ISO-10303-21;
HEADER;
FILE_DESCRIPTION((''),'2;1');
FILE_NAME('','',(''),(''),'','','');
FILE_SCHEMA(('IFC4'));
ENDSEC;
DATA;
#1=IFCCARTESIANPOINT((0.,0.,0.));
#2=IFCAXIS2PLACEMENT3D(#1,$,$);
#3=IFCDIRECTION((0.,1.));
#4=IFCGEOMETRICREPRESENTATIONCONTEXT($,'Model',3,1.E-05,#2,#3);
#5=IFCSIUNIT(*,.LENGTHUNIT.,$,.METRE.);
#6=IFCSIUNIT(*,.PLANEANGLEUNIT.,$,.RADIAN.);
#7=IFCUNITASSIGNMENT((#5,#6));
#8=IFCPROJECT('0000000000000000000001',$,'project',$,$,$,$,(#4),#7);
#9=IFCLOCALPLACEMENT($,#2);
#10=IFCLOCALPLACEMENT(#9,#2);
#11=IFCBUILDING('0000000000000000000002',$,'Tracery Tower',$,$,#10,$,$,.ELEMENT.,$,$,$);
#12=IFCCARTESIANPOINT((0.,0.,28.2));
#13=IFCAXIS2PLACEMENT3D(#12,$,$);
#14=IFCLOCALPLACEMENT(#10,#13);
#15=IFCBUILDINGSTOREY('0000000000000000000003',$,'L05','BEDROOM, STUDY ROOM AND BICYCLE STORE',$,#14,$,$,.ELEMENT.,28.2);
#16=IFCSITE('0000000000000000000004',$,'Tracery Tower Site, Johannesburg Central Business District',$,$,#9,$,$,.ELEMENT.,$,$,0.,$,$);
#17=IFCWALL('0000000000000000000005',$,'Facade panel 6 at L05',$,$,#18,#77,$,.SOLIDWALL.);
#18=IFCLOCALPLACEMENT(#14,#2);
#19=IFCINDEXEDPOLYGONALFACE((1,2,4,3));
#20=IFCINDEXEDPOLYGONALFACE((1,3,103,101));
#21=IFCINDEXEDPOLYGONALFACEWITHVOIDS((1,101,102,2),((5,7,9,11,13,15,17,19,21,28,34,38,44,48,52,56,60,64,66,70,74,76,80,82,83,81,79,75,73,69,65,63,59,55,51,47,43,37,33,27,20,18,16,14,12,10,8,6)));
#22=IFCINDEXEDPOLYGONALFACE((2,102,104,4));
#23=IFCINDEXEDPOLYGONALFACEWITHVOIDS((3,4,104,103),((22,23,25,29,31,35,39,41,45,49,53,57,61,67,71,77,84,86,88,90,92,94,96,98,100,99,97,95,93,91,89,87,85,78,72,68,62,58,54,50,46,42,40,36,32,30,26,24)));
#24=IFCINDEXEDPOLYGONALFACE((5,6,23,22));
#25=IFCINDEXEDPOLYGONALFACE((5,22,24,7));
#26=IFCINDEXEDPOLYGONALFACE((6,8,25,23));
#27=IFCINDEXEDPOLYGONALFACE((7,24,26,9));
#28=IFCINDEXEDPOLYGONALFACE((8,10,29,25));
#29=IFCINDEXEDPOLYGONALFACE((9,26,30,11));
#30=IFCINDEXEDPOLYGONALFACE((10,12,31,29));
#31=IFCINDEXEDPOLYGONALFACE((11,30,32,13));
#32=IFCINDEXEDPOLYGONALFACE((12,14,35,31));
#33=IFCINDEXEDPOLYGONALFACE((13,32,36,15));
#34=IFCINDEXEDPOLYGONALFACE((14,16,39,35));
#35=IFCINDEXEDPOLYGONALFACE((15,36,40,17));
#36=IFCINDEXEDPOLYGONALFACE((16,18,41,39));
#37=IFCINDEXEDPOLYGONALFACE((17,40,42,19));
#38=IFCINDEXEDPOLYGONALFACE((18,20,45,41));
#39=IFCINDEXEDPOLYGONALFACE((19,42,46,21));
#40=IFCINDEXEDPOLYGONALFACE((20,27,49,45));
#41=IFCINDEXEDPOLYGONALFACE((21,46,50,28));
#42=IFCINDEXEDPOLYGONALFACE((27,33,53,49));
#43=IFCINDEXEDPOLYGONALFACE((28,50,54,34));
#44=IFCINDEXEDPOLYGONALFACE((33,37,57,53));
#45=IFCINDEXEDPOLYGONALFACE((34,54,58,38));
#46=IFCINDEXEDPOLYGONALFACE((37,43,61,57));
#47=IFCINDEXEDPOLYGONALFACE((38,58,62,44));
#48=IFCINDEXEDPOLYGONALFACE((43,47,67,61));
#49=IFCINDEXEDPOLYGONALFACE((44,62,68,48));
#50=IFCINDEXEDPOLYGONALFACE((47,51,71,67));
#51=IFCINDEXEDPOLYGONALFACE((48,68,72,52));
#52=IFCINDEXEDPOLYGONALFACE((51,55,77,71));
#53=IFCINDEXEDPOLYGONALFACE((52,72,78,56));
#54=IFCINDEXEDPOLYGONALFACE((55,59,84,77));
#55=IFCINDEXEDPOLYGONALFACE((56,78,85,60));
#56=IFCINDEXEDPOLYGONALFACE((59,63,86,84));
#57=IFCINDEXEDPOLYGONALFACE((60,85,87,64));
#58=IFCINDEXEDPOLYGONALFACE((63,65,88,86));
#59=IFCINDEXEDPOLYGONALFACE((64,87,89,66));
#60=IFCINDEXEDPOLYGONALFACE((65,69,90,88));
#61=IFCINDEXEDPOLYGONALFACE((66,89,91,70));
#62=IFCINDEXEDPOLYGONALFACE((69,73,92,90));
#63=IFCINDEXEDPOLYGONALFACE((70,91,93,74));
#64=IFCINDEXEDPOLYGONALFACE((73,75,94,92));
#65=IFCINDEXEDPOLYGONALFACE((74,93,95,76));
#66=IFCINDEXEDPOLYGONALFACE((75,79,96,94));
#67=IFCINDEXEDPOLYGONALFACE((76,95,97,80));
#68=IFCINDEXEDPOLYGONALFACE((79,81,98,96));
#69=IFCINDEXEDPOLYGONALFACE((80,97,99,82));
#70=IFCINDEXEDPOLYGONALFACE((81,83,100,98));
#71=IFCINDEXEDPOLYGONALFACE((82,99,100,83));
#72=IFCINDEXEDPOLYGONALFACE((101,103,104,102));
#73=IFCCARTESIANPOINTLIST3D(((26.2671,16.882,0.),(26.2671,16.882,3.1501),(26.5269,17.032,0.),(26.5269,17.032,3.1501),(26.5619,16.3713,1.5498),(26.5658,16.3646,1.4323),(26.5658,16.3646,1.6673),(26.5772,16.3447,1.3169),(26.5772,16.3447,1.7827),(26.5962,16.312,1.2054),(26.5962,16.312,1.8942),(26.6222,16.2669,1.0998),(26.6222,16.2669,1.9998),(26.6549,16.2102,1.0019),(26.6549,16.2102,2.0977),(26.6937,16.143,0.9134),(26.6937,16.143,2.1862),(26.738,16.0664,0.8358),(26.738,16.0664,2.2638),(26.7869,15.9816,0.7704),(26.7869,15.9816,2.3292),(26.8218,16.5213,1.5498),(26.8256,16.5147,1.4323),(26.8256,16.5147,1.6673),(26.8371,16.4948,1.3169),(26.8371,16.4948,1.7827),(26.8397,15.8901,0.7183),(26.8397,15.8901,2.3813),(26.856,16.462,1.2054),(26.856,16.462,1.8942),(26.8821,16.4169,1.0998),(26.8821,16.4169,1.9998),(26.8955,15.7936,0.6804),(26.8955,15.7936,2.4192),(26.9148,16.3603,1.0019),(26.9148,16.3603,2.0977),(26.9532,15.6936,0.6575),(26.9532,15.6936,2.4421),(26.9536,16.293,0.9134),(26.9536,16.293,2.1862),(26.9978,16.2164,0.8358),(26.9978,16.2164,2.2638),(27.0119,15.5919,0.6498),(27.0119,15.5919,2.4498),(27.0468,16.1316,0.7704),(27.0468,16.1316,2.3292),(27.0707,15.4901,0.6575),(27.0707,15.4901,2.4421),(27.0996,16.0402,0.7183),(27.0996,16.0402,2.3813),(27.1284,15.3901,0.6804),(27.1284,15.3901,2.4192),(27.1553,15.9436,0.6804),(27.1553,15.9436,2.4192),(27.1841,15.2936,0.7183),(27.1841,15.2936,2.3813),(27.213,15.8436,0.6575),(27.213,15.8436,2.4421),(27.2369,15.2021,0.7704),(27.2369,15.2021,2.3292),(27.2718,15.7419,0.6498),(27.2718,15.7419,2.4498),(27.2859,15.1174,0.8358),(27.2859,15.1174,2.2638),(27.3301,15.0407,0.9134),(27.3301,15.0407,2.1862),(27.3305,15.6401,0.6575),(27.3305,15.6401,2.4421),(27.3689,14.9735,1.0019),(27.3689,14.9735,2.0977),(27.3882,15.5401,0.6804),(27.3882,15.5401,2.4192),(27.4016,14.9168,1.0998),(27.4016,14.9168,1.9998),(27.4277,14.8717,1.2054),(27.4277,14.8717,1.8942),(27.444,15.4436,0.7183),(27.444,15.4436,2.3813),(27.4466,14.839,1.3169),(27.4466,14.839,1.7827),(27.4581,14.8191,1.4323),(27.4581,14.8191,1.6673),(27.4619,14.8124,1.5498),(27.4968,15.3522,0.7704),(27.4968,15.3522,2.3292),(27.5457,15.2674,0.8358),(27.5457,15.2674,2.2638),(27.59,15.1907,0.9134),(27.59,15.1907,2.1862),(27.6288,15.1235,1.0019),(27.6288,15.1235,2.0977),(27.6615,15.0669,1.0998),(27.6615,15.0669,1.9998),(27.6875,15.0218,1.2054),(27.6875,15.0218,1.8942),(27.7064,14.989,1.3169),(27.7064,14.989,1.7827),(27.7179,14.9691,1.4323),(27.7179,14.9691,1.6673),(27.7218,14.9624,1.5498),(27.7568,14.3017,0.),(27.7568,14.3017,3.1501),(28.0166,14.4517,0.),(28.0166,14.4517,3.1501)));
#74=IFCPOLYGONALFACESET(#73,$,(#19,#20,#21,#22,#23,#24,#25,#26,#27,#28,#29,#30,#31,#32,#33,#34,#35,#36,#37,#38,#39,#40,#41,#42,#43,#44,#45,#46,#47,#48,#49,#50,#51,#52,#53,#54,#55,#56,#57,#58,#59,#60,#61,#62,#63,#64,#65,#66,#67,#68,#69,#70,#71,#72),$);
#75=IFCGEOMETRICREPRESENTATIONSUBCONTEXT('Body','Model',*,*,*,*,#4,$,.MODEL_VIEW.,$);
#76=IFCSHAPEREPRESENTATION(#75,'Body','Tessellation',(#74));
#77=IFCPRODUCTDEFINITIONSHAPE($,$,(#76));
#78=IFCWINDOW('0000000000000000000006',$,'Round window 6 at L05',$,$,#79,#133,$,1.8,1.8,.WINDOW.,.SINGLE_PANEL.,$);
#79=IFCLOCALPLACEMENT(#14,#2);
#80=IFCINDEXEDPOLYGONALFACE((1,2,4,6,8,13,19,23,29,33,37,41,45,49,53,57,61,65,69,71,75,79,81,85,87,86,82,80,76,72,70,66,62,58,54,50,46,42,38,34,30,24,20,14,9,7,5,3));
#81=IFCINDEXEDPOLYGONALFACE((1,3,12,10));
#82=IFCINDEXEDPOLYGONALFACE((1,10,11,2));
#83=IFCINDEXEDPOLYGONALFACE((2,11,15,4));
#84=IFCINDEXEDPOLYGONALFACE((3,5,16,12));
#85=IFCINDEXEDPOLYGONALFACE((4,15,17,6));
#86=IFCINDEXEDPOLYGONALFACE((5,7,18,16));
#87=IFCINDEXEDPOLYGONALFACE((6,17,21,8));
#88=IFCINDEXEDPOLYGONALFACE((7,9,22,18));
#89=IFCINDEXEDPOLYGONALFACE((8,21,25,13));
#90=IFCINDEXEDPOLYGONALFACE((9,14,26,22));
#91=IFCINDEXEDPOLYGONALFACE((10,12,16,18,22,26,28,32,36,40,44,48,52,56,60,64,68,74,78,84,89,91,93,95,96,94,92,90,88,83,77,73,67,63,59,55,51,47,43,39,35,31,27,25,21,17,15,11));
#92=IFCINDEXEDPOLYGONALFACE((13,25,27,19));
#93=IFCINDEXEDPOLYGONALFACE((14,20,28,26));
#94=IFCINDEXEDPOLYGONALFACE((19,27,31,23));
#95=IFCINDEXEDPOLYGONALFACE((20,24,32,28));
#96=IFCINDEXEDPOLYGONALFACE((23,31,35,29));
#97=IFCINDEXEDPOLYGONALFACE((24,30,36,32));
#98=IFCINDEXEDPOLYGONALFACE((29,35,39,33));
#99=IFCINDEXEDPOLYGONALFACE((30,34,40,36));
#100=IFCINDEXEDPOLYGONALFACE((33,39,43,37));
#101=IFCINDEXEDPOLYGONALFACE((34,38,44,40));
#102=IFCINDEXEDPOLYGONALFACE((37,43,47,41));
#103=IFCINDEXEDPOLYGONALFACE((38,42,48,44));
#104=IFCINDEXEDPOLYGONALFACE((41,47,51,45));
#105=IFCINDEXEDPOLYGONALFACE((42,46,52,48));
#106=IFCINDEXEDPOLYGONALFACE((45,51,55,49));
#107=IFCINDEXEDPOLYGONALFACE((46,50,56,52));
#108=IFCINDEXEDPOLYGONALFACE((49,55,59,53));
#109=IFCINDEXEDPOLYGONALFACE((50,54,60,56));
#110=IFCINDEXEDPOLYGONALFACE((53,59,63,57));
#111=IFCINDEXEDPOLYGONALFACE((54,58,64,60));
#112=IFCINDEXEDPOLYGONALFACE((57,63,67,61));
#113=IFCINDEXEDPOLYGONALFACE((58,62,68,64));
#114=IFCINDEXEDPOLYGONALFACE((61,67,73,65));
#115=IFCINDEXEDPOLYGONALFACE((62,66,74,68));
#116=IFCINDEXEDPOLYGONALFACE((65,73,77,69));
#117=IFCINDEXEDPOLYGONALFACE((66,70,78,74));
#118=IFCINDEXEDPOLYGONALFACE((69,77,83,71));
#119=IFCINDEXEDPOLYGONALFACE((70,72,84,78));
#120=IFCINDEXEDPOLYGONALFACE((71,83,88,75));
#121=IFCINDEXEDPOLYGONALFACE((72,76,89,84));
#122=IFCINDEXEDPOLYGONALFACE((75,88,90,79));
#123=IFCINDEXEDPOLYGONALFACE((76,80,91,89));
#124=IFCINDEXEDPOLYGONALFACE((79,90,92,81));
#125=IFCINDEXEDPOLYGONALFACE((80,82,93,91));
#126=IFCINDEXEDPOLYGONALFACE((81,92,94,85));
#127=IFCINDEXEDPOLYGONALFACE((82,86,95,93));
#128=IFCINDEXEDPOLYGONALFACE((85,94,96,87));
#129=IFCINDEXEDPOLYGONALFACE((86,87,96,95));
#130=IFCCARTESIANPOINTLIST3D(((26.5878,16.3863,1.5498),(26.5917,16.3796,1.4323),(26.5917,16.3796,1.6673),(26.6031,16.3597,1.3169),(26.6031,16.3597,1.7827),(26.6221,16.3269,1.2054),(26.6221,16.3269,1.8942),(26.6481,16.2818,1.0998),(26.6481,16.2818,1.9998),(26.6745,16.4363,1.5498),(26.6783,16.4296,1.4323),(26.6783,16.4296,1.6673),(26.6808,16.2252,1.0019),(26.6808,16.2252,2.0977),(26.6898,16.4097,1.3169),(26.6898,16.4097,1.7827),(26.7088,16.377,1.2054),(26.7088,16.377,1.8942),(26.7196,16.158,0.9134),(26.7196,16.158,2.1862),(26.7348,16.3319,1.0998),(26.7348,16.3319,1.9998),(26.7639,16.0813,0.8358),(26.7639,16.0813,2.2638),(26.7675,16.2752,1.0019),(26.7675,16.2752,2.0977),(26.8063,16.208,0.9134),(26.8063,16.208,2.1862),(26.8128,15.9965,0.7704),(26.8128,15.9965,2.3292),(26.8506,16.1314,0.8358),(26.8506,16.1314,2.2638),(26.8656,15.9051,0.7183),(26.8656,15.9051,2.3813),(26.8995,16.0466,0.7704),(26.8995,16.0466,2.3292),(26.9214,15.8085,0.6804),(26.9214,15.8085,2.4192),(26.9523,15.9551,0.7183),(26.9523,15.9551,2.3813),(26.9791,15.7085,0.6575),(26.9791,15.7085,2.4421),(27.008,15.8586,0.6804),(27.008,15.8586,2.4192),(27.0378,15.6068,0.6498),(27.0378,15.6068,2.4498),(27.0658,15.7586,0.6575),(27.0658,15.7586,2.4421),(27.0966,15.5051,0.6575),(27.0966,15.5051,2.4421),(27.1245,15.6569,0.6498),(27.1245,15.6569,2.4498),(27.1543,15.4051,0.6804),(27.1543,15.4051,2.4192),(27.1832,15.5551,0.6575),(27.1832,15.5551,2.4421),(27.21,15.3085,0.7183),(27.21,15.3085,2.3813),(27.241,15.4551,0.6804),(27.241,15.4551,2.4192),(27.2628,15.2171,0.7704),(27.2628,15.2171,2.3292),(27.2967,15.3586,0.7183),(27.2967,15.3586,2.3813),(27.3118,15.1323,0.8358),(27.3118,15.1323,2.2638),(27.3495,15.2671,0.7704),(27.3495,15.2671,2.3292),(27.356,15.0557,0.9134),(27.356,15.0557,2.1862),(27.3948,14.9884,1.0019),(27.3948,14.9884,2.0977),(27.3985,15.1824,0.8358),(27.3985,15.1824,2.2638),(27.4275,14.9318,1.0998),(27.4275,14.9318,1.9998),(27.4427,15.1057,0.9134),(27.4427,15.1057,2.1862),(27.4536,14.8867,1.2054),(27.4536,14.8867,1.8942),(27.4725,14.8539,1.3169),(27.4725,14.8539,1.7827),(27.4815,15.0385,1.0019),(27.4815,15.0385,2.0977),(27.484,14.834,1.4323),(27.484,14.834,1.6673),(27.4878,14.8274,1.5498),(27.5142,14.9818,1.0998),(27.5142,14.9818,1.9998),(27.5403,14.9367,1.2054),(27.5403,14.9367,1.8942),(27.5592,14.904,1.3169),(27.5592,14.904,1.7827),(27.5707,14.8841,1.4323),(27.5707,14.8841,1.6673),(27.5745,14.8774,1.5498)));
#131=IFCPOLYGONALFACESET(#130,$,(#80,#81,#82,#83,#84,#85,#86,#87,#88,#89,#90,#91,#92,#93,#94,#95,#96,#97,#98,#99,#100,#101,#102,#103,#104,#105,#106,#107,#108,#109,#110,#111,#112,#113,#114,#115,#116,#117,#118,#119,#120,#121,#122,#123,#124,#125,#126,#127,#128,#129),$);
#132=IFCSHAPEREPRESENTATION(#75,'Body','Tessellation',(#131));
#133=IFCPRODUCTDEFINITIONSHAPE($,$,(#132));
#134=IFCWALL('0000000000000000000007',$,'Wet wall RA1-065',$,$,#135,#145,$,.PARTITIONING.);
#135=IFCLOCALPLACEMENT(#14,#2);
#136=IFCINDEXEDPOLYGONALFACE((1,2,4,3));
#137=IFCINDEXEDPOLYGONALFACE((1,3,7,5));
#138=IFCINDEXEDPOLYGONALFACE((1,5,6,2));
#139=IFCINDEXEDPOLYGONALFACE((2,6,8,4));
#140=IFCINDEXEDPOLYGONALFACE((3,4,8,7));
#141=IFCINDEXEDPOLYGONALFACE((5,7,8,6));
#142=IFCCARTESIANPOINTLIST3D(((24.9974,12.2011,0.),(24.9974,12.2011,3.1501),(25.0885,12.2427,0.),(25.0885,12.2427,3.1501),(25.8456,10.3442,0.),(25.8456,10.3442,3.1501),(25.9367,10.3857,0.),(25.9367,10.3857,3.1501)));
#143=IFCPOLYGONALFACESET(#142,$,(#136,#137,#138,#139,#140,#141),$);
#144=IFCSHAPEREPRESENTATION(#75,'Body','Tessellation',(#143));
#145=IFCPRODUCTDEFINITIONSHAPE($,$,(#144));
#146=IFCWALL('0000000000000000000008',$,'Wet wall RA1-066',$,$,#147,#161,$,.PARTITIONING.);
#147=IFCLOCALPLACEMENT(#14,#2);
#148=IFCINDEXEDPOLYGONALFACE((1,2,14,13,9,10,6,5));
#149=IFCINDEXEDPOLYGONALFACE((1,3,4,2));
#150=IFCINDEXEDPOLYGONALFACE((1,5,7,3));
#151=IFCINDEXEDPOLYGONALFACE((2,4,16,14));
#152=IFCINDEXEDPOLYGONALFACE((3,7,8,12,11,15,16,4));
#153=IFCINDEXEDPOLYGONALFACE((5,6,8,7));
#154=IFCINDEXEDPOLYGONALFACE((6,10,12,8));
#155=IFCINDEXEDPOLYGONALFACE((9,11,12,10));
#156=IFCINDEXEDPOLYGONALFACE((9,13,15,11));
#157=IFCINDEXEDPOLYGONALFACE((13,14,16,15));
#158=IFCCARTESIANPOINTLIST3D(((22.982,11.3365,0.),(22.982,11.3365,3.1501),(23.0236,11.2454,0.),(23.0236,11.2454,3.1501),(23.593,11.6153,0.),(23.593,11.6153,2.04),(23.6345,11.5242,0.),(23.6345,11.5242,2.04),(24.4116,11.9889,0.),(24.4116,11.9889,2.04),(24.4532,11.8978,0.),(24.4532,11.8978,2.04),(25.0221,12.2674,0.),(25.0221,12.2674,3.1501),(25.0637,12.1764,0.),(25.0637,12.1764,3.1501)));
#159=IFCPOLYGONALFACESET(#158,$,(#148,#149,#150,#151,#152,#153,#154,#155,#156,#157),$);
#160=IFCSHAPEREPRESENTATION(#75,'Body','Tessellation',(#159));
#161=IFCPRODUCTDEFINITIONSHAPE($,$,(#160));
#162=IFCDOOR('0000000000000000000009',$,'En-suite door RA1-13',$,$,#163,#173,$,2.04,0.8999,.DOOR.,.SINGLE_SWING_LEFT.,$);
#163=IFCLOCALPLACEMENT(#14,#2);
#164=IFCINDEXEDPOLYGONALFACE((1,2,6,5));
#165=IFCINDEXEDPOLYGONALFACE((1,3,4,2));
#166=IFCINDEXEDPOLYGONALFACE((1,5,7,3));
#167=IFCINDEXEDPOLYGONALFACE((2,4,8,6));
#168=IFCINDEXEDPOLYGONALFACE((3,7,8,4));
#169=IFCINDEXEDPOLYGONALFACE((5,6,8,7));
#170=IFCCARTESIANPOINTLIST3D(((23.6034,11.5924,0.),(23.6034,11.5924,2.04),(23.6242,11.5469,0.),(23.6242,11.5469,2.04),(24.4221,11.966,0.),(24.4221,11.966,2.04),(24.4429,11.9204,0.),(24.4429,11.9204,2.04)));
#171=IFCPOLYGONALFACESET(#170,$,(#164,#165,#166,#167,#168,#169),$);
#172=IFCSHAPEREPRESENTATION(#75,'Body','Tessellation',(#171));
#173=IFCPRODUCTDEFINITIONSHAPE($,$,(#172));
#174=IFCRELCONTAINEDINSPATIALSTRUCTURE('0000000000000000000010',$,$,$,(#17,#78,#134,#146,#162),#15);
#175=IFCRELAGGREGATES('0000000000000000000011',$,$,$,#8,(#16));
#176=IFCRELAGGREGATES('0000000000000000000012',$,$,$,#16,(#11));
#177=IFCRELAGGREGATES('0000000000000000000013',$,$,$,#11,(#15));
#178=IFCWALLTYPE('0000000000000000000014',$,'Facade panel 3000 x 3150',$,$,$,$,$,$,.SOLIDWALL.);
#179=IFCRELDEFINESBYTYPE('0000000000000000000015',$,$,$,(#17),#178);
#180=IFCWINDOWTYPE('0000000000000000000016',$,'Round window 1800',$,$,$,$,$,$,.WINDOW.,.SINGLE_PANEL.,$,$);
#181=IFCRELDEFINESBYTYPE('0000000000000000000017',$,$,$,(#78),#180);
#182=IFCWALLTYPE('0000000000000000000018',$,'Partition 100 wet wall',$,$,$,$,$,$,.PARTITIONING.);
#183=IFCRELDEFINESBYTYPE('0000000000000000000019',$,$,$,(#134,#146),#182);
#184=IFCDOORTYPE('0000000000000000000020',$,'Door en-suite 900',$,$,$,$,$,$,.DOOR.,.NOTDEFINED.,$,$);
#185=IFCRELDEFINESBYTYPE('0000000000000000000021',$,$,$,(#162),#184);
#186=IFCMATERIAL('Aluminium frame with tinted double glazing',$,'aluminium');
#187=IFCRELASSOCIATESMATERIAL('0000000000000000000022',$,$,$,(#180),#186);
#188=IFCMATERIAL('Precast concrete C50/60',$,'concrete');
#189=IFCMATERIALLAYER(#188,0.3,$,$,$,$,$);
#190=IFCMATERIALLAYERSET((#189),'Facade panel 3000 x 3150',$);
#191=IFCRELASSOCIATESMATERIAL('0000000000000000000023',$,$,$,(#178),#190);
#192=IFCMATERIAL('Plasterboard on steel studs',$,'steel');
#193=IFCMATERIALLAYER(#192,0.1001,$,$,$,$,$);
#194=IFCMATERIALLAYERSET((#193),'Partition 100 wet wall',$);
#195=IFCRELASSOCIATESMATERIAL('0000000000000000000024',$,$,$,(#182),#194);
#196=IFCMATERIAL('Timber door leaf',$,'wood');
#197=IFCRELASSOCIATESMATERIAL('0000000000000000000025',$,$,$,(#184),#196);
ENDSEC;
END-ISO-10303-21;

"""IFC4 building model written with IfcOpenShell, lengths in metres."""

from ifc_helpers import new_model, si_unit, direction, frame, frame_2d, origin, origin_2d, place, context, subcontext, project, spatial, rectangle, circle, extrude, material, layer, layer_set, type_object, element, fill, save


model = new_model("IFC4")

# Units and contexts
model_context = context("Model", 3, precision=1e-05, world=origin(), true_north=direction((0.0, 1.0)))
body_context = subcontext(model_context, "Body", "Model", "MODEL_VIEW")
ifc_project = project(units=[si_unit("LENGTHUNIT", "METRE"), si_unit("PLANEANGLEUNIT", "RADIAN")], contexts=[model_context])

# Site, building, storey
site_placement = place(None, origin())
site = spatial("IfcSite", under=ifc_project, at=site_placement, Name="Tracery Tower Site, Johannesburg Central Business District", CompositionType="ELEMENT", RefElevation=0.0)
building_placement = place(site_placement, origin())
building = spatial("IfcBuilding", under=site, at=building_placement, Name="Tracery Tower", CompositionType="ELEMENT")
storey_placement = place(building_placement, frame((0.0, 0.0, 28.2)))
storey = spatial("IfcBuildingStorey", under=building, at=storey_placement, Name="L05", Description="BEDROOM, STUDY ROOM AND BICYCLE STORE", CompositionType="ELEMENT", Elevation=28.2)

# Wall, opening, window
ifc_material_1 = material(Name="Aluminium frame with tinted double glazing", Category="aluminium")
window_type = type_object("IfcWindowType", Name="Round window 1800", PartitioningType="SINGLE_PANEL", PredefinedType="WINDOW", material=ifc_material_1)
ifc_material_2 = material(Name="Precast concrete C50/60", Category="concrete")
ifc_layer_1 = layer(ifc_material_2, 0.3)
ifc_layer_set_1 = layer_set([ifc_layer_1], Name="Facade panel 3000 x 3150")
wall_type_1 = type_object("IfcWallType", Name="Facade panel 3000 x 3150", PredefinedType="SOLIDWALL", material=ifc_layer_set_1)
wall_1_placement = place(storey_placement, frame((27.8867, 14.3767, 0.0), z_axis=(0.0, 0.0, 1.0), x_axis=(-0.499999, 0.866026, 0.0)))
wall_1 = element("IfcWall", 1, at=wall_1_placement, inside=storey, type_object=wall_type_1, Name="Facade panel 6 at L05", PredefinedType="SOLIDWALL", context=body_context, shape_type="SweptSolid", body=[
    extrude(rectangle(XDim=2.9795, YDim=0.3, at=frame_2d((1.4897, 0.0))), origin(), (0.0, 0.0, 1.0), 3.1501),
])
opening_1_placement = place(wall_1_placement, frame((1.4897, 0.0, 1.5498)))
opening_1 = element("IfcOpeningElement", 2, at=opening_1_placement, cuts=wall_1, PredefinedType="OPENING", context=body_context, shape_type="SweptSolid", body=[
    extrude(circle(Radius=0.9, at=origin_2d()), frame((0.0, 0.1599, 0.0), z_axis=(0.0, -1.0, 0.0), x_axis=(1.0, 0.0, 0.0)), (0.0, 0.0, 1.0), 0.3201),
])
window_1_placement = place(opening_1_placement, origin())
window_1 = element("IfcWindow", 3, at=window_1_placement, inside=storey, type_object=window_type, Name="Round window 6 at L05", OverallHeight=1.8, OverallWidth=1.8, PartitioningType="SINGLE_PANEL", PredefinedType="WINDOW", context=body_context, shape_type="SweptSolid", body=[
    extrude(circle(Radius=0.9, at=origin_2d()), frame((0.0, 0.1201, 0.0), z_axis=(0.0, -1.0, 0.0), x_axis=(1.0, 0.0, 0.0)), (0.0, 0.0, 1.0), 0.1001),
])
fill(opening_1, window_1)

# Wall
ifc_material_3 = material(Name="Plasterboard on steel studs", Category="steel")
ifc_layer_2 = layer(ifc_material_3, 0.1001)
ifc_layer_set_2 = layer_set([ifc_layer_2], Name="Partition 100 wet wall")
wall_type_2 = type_object("IfcWallType", Name="Partition 100 wet wall", PredefinedType="PARTITIONING", material=ifc_layer_set_2)
wall_2_placement = place(storey_placement, frame((25.043, 12.2219, 0.0), z_axis=(0.0, 0.0, 1.0), x_axis=(0.41546, -0.909611, 0.0)))
element("IfcWall", 4, at=wall_2_placement, inside=storey, type_object=wall_type_2, Name="Wet wall RA1-065", PredefinedType="PARTITIONING", context=body_context, shape_type="SweptSolid", body=[
    extrude(rectangle(XDim=2.0415, YDim=0.1001, at=frame_2d((1.0208, 0.0))), origin(), (0.0, 0.0, 1.0), 3.1501),
])

# Wall, opening, door
wall_3_placement = place(storey_placement, frame((23.0029, 11.291, 0.0), z_axis=(0.0, 0.0, 1.0), x_axis=(0.909758, 0.41514, 0.0)))
wall_3 = element("IfcWall", 5, at=wall_3_placement, inside=storey, type_object=wall_type_2, Name="Wet wall RA1-066", PredefinedType="PARTITIONING", context=body_context, shape_type="SweptSolid", body=[
    extrude(rectangle(XDim=2.2424, YDim=0.1001, at=frame_2d((1.1211, 0.0))), origin(), (0.0, 0.0, 1.0), 3.1501),
])
opening_2_placement = place(wall_3_placement, frame((0.6714, 0.0, 0.0)))
opening_2 = element("IfcOpeningElement", 6, at=opening_2_placement, cuts=wall_3, PredefinedType="OPENING", context=body_context, shape_type="SweptSolid", body=[
    extrude(rectangle(XDim=0.8999, YDim=2.04, at=frame_2d((0.45, 1.02))), frame((0.0, 0.05, 0.0), z_axis=(0.0, -1.0, 0.0), x_axis=(1.0, 0.0, 0.0)), (0.0, 0.0, 1.0), 0.1001),
])
ifc_material_4 = material(Name="Timber door leaf", Category="wood")
door_type_1 = type_object("IfcDoorType", Name="Door en-suite 900", OperationType="NOTDEFINED", PredefinedType="DOOR", material=ifc_material_4)
door_1_placement = place(opening_2_placement, origin())
door_1 = element("IfcDoor", 7, at=door_1_placement, inside=storey, type_object=door_type_1, Name="En-suite door RA1-13", OperationType="SINGLE_SWING_LEFT", OverallHeight=2.04, OverallWidth=0.8999, PredefinedType="DOOR", context=body_context, shape_type="SweptSolid", body=[
    extrude(rectangle(XDim=0.8999, YDim=2.04, at=frame_2d((0.45, 1.02))), frame((0.0, 0.0249, 0.0), z_axis=(0.0, -1.0, 0.0), x_axis=(1.0, 0.0, 0.0)), (0.0, 0.0, 1.0), 0.05),
])
fill(opening_2, door_1)

save(model, "model.ifc")
